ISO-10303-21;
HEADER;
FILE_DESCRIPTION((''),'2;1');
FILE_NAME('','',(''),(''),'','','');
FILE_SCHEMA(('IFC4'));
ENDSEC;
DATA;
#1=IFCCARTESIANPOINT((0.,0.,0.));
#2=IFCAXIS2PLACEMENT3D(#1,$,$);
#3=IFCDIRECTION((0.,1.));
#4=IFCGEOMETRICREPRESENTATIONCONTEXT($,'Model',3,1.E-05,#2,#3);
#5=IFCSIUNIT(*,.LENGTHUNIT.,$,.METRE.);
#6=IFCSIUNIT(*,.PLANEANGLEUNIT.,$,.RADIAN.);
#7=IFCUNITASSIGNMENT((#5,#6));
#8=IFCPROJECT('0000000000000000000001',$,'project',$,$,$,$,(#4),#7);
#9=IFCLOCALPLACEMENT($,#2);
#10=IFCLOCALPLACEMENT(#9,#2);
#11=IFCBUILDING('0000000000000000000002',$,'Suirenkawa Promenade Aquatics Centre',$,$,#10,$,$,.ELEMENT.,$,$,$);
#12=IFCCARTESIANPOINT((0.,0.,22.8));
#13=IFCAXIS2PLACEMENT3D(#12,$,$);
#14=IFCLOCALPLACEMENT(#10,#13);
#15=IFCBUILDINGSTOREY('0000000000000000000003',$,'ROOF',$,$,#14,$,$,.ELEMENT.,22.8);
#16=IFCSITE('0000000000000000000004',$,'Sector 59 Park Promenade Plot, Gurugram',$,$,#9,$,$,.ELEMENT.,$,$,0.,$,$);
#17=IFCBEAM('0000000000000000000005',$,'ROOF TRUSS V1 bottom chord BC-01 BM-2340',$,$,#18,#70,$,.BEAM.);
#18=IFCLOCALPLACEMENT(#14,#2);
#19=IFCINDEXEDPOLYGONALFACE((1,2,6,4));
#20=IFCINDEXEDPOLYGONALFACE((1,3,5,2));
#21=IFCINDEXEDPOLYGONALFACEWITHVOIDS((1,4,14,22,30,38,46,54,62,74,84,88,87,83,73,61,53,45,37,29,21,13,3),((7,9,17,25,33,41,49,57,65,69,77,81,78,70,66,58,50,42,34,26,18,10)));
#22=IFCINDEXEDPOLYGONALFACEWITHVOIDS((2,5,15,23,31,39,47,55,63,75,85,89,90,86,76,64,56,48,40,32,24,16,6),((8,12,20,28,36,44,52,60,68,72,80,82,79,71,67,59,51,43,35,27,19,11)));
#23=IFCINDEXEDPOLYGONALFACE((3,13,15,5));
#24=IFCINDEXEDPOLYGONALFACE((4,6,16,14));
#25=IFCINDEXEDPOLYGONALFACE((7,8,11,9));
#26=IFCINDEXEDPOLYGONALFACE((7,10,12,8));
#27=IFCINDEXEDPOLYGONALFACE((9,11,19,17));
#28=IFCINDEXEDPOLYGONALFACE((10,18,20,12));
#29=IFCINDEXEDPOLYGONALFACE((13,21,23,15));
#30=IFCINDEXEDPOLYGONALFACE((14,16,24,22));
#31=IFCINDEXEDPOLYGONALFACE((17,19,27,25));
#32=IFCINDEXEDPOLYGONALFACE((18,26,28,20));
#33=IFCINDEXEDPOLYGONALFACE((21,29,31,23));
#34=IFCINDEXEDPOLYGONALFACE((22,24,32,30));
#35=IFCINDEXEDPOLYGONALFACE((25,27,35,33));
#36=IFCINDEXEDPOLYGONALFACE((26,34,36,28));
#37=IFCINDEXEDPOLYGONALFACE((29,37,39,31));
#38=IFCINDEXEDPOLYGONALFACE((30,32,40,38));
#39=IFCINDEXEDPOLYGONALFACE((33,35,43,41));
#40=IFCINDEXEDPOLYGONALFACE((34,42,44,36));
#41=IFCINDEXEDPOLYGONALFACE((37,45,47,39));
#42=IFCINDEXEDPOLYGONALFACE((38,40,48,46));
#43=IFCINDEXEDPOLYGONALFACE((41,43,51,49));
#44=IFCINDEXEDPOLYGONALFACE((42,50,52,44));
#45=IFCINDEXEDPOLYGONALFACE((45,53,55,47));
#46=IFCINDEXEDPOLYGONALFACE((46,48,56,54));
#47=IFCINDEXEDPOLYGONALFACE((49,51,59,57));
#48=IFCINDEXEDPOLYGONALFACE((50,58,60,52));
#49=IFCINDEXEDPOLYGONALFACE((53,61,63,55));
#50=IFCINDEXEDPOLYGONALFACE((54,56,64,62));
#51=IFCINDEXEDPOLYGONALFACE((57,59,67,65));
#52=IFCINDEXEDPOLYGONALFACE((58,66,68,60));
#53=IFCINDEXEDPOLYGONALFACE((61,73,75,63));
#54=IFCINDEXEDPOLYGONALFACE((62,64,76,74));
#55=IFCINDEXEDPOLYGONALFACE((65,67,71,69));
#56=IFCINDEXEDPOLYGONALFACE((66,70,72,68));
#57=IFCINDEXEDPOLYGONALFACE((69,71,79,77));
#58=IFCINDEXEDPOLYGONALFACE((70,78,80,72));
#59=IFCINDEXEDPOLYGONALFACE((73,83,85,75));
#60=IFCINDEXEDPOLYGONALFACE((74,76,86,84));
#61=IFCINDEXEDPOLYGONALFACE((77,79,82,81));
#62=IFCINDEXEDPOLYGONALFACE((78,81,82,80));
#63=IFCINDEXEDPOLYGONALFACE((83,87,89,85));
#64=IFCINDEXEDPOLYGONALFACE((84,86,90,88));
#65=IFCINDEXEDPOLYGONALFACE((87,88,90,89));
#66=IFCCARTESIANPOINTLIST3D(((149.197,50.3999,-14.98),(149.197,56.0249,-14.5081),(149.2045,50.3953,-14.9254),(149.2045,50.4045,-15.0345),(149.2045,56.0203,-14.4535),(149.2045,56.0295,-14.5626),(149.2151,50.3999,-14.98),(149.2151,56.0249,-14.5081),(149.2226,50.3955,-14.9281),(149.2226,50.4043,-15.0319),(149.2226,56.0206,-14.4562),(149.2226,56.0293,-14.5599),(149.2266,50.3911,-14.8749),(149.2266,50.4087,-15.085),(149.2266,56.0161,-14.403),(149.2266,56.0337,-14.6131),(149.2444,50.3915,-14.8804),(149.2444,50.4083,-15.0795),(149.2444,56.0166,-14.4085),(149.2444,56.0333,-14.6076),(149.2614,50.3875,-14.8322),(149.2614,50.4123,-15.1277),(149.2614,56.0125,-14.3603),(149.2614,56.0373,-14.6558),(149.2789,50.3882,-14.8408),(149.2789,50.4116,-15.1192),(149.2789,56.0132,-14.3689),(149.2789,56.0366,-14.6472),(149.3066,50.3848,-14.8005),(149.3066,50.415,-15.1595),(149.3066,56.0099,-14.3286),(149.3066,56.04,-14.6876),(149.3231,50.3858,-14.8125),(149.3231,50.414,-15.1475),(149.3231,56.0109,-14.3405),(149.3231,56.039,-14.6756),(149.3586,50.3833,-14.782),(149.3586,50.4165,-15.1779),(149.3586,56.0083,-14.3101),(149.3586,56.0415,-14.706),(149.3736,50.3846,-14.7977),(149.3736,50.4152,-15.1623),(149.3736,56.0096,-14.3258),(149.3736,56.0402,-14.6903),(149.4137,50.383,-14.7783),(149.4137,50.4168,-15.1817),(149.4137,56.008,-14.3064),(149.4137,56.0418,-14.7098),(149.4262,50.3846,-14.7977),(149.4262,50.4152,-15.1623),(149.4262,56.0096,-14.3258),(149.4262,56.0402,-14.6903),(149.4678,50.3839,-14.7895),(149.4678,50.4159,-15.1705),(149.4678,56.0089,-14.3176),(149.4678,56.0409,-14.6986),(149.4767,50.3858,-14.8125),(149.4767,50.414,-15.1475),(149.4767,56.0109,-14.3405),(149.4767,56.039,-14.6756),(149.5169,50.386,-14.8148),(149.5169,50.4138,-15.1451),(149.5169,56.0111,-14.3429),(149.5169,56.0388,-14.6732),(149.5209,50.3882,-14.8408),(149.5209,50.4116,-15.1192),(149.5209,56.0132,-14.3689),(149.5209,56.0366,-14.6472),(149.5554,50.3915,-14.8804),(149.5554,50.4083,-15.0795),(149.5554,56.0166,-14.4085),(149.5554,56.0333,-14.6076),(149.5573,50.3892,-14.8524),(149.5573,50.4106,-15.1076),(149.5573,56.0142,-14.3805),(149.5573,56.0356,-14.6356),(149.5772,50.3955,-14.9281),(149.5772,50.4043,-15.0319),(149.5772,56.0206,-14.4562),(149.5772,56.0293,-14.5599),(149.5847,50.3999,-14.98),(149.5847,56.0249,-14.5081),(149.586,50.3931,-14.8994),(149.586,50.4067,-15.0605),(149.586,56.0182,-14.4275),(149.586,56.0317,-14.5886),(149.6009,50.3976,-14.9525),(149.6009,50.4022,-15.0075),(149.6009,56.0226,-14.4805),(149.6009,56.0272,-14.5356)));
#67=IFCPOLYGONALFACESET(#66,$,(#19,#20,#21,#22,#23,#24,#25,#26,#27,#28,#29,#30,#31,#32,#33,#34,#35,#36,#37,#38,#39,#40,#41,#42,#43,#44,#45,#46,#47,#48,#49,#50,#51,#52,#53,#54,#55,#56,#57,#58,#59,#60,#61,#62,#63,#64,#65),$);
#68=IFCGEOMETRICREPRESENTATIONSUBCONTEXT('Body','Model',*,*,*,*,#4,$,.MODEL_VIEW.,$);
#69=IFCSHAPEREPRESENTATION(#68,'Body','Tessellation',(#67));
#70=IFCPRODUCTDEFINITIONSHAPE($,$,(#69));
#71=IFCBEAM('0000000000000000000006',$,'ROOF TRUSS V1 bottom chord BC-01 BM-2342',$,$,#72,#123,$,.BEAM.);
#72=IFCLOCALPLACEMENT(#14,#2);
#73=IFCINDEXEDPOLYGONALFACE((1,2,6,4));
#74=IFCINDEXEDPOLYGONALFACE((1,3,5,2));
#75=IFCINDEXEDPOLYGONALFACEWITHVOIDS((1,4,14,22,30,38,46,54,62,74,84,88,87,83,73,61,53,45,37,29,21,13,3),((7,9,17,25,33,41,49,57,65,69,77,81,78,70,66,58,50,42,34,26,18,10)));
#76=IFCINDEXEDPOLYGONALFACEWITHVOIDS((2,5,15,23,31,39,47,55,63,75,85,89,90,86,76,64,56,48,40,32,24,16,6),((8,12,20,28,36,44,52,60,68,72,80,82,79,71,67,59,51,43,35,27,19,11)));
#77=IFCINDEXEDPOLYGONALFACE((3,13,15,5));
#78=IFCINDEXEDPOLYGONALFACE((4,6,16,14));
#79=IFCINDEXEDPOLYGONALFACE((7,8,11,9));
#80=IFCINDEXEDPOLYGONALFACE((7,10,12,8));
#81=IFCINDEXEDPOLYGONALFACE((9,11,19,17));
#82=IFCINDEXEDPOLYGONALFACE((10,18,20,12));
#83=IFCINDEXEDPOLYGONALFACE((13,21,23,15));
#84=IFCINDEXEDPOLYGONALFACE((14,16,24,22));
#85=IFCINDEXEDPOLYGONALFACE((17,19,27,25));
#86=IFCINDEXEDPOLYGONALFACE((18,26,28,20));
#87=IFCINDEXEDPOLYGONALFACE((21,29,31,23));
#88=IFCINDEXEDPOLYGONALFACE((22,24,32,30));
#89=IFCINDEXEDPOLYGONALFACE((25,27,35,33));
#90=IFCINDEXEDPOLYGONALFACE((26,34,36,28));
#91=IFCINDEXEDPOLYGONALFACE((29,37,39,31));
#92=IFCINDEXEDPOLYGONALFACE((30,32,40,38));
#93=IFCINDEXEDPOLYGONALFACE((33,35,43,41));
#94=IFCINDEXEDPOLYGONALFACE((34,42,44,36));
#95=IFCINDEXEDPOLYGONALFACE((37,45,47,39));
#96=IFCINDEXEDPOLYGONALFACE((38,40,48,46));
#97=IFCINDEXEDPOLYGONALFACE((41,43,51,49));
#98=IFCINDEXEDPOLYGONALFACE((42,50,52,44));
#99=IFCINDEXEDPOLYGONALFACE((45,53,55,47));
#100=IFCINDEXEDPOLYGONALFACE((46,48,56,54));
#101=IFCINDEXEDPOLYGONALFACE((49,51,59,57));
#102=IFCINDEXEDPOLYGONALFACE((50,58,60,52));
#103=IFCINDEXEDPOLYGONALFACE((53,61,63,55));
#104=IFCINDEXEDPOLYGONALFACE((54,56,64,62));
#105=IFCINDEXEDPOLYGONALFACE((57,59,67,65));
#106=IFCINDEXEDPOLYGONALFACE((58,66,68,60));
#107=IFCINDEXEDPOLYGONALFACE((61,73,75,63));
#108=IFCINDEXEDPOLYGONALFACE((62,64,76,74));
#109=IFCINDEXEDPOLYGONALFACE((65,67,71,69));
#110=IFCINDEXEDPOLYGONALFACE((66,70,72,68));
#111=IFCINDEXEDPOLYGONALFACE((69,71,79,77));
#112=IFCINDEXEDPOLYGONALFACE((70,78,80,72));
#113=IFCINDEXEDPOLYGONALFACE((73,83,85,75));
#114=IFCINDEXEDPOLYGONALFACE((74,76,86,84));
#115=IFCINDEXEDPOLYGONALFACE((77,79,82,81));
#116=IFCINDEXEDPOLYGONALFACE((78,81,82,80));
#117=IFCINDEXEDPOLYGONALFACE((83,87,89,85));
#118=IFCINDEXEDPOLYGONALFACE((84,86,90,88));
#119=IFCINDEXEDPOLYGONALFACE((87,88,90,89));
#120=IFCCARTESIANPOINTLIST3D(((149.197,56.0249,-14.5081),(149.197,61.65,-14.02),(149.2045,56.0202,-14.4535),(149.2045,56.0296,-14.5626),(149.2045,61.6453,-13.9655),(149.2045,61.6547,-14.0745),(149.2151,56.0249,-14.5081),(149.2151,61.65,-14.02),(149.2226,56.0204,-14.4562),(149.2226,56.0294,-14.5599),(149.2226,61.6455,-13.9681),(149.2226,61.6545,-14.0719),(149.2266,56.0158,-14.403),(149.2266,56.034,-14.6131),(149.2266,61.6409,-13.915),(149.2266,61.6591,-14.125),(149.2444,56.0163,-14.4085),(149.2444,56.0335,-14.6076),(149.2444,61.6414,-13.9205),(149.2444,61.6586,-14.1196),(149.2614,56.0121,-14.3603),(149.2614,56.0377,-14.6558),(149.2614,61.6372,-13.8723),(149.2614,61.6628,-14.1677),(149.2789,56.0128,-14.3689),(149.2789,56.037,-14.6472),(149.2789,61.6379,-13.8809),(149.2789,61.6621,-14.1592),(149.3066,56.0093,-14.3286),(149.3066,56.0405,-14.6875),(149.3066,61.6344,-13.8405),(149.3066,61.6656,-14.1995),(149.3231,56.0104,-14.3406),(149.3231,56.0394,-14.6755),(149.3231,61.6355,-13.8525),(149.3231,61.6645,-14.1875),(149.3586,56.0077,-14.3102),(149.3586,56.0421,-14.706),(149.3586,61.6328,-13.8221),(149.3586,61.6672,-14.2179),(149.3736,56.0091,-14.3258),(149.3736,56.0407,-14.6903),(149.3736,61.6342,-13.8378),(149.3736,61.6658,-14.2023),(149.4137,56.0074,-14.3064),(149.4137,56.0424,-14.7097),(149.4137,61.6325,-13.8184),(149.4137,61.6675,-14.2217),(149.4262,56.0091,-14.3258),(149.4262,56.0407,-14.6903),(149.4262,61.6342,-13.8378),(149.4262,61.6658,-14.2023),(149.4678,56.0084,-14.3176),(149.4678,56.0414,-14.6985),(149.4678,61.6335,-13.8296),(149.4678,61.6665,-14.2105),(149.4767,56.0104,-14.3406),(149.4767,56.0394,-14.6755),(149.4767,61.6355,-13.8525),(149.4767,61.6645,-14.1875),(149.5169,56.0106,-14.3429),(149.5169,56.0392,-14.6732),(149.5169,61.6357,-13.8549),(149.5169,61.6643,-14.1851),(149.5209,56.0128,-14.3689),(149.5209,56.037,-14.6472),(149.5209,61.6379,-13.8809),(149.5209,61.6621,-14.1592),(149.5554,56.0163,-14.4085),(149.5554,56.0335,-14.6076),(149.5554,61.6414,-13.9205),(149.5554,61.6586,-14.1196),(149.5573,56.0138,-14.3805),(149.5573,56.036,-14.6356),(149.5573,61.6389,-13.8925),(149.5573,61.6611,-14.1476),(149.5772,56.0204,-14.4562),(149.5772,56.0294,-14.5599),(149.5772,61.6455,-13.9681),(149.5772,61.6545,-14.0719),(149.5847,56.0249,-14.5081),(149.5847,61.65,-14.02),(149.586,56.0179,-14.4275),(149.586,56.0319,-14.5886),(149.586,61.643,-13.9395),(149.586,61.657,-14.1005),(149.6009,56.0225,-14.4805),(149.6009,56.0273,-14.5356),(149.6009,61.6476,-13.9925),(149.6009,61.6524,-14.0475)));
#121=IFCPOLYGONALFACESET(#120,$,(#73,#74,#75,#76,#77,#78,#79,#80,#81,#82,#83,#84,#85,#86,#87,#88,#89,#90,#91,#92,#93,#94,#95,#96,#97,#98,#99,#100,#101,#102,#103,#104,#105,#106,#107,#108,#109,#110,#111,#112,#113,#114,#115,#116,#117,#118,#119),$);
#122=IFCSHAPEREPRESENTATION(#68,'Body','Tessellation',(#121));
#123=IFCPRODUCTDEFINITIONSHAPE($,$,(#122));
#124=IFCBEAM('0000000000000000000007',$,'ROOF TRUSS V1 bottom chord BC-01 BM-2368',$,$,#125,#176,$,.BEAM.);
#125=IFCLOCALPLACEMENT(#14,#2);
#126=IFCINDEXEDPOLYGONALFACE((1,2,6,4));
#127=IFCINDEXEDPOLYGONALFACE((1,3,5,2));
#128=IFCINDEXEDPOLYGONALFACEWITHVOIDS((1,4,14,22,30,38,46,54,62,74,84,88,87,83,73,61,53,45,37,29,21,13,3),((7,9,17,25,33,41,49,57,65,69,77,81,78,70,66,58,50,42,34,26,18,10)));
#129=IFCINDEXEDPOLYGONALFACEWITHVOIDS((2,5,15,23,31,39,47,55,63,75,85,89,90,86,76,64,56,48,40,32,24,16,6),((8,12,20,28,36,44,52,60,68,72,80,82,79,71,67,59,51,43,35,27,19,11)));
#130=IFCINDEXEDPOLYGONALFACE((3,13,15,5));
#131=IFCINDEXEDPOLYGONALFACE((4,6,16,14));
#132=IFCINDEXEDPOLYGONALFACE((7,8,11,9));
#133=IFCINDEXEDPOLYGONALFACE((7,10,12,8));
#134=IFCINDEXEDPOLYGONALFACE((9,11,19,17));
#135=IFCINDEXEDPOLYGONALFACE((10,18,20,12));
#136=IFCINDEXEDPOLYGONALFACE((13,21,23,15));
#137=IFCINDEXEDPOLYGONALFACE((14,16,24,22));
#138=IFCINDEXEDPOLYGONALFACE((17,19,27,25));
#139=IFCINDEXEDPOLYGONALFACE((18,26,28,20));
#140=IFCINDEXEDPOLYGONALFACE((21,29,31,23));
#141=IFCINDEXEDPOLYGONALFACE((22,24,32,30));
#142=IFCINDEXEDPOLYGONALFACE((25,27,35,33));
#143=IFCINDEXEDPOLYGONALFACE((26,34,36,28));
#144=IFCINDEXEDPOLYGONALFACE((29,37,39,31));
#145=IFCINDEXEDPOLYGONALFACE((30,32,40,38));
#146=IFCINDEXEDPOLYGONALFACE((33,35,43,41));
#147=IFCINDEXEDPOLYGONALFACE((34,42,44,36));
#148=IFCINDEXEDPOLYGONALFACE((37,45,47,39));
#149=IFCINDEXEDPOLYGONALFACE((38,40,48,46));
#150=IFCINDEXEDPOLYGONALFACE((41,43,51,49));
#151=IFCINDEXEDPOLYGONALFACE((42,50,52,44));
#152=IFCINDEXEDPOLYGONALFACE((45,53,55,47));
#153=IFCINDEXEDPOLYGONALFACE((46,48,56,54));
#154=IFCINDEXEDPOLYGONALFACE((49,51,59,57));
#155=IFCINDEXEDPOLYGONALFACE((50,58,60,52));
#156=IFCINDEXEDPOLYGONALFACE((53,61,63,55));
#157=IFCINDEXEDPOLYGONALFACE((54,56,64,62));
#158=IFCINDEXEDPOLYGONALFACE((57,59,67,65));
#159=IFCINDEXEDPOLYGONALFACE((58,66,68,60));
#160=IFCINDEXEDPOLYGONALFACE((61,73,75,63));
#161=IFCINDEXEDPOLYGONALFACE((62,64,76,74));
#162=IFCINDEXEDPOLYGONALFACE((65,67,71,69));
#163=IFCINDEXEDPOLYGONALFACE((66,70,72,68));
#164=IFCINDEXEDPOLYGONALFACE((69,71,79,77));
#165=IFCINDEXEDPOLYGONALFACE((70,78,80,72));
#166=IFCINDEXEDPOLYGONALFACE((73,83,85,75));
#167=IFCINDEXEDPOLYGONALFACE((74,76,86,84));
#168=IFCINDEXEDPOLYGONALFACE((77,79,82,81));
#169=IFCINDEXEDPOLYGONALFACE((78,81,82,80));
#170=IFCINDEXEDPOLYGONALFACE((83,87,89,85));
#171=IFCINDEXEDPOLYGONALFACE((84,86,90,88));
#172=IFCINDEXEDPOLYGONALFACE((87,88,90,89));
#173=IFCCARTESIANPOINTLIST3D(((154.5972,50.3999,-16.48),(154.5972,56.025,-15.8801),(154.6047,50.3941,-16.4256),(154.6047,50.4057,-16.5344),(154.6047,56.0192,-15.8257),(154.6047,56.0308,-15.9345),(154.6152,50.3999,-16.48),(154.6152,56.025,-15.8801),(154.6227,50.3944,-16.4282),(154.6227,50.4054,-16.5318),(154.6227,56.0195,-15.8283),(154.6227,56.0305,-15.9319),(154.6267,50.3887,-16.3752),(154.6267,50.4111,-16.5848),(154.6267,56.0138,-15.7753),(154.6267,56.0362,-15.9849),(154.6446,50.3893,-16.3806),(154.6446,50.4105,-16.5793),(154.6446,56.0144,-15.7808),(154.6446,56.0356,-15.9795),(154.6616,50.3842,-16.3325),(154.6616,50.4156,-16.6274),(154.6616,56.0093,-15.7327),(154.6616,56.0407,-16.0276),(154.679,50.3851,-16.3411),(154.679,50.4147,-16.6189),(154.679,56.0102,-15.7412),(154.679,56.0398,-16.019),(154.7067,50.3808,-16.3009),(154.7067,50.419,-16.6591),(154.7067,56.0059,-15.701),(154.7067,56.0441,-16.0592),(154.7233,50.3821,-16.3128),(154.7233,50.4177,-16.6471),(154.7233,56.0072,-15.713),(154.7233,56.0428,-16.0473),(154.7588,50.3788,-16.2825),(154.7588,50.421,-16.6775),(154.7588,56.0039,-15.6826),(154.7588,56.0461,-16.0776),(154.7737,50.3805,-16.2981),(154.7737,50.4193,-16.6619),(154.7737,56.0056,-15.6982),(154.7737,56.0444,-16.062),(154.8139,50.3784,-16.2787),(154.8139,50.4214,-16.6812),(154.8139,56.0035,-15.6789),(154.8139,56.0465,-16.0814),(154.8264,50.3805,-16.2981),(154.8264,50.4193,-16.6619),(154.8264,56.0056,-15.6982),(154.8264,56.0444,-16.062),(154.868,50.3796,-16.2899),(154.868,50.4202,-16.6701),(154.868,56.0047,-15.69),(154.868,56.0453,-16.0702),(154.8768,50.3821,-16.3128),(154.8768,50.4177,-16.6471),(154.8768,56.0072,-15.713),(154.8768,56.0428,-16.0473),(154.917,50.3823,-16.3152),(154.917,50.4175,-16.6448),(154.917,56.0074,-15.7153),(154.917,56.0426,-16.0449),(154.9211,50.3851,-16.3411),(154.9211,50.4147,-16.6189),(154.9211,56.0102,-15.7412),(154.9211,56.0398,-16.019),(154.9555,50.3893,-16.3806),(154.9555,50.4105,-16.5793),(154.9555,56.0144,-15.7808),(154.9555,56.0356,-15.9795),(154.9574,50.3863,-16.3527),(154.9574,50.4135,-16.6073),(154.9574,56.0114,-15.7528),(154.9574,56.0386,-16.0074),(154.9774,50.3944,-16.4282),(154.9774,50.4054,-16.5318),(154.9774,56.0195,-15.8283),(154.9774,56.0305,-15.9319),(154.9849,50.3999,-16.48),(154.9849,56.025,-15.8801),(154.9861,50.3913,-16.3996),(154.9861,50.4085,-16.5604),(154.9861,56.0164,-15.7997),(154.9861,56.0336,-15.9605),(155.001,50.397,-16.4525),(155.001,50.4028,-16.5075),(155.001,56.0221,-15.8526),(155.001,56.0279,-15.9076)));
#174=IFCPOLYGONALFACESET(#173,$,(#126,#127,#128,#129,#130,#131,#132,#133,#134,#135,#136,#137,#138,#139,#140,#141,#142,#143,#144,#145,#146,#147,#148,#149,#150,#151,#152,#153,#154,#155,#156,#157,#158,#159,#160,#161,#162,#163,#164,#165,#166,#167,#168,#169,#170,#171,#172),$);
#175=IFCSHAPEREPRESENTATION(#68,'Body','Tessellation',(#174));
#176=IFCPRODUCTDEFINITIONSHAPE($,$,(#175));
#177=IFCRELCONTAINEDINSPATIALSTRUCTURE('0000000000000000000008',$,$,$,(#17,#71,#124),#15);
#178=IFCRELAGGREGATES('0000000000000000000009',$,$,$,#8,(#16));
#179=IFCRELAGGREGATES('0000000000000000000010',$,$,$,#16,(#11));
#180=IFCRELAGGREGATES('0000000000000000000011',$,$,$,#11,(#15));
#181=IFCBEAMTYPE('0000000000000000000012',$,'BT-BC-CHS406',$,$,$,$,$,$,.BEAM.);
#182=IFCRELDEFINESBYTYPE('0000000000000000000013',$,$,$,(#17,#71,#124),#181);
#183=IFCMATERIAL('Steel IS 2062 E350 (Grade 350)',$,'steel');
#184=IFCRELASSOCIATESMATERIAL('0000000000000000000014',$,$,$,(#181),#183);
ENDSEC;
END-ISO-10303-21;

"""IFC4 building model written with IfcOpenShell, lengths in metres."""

from ifc_helpers import new_model, si_unit, direction, frame, origin, origin_2d, place, context, subcontext, project, spatial, hollow_circle, extrude, material, material_profile, profile_set, type_object, element, save


model = new_model("IFC4")

# Units and contexts
model_context = context("Model", 3, precision=1e-05, world=origin(), true_north=direction((0.0, 1.0)))
body_context = subcontext(model_context, "Body", "Model", "MODEL_VIEW")
ifc_project = project(units=[si_unit("LENGTHUNIT", "METRE"), si_unit("PLANEANGLEUNIT", "RADIAN")], contexts=[model_context])

# Site, building, storey
site_placement = place(None, origin())
site = spatial("IfcSite", under=ifc_project, at=site_placement, Name="Sector 59 Park Promenade Plot, Gurugram", CompositionType="ELEMENT", RefElevation=0.0)
building_placement = place(site_placement, origin())
building = spatial("IfcBuilding", under=site, at=building_placement, Name="Suirenkawa Promenade Aquatics Centre", CompositionType="ELEMENT")
storey_placement = place(building_placement, frame((0.0, 0.0, 22.8)))
storey = spatial("IfcBuildingStorey", under=building, at=storey_placement, Name="ROOF", CompositionType="ELEMENT", Elevation=22.8)

# Beams
ifc_material_1 = material(Name="Steel IS 2062 E350 (Grade 350)", Category="steel")
ifc_material_profile_1 = material_profile(ifc_material_1, hollow_circle(Radius=0.2029, WallThickness=0.0181, at=origin_2d()), Name="CHS 406x18", Category="steel")
ifc_profile_set_1 = profile_set([ifc_material_profile_1], Name="Steel IS 2062 E350 (Grade 350)")
beam_type_1 = type_object("IfcBeamType", Name="BT-BC-CHS406", PredefinedType="BEAM", material=ifc_profile_set_1)
beam_1_placement = place(storey_placement, frame((149.3999, 50.3999, -14.98), z_axis=(0.0, 0.996499, 0.083604), x_axis=(-1.0, 0.0, 0.0)))
element("IfcBeam", 1, at=beam_1_placement, inside=storey, type_object=beam_type_1, Name="ROOF TRUSS V1 bottom chord BC-01 BM-2340", PredefinedType="BEAM", context=body_context, shape_type="SweptSolid", body=[
    extrude(hollow_circle(Radius=0.2029, WallThickness=0.0181, at=origin_2d()), origin(), (0.0, 0.0, 1.0), 5.6448),
])
beam_2_placement = place(storey_placement, frame((149.3999, 56.0249, -14.5081), z_axis=(0.0, 0.996257, 0.086437), x_axis=(-1.0, 0.0, 0.0)))
element("IfcBeam", 2, at=beam_2_placement, inside=storey, type_object=beam_type_1, Name="ROOF TRUSS V1 bottom chord BC-01 BM-2342", PredefinedType="BEAM", context=body_context, shape_type="SweptSolid", body=[
    extrude(hollow_circle(Radius=0.2029, WallThickness=0.0181, at=origin_2d()), origin(), (0.0, 0.0, 1.0), 5.6462),
])
beam_3_placement = place(storey_placement, frame((154.8, 50.3999, -16.48), z_axis=(0.0, 0.994362, 0.106039), x_axis=(-1.0, 0.0, 0.0)))
element("IfcBeam", 3, at=beam_3_placement, inside=storey, type_object=beam_type_1, Name="ROOF TRUSS V1 bottom chord BC-01 BM-2368", PredefinedType="BEAM", context=body_context, shape_type="SweptSolid", body=[
    extrude(hollow_circle(Radius=0.2029, WallThickness=0.0181, at=origin_2d()), origin(), (0.0, 0.0, 1.0), 5.657),
])

save(model, "model.ifc")
